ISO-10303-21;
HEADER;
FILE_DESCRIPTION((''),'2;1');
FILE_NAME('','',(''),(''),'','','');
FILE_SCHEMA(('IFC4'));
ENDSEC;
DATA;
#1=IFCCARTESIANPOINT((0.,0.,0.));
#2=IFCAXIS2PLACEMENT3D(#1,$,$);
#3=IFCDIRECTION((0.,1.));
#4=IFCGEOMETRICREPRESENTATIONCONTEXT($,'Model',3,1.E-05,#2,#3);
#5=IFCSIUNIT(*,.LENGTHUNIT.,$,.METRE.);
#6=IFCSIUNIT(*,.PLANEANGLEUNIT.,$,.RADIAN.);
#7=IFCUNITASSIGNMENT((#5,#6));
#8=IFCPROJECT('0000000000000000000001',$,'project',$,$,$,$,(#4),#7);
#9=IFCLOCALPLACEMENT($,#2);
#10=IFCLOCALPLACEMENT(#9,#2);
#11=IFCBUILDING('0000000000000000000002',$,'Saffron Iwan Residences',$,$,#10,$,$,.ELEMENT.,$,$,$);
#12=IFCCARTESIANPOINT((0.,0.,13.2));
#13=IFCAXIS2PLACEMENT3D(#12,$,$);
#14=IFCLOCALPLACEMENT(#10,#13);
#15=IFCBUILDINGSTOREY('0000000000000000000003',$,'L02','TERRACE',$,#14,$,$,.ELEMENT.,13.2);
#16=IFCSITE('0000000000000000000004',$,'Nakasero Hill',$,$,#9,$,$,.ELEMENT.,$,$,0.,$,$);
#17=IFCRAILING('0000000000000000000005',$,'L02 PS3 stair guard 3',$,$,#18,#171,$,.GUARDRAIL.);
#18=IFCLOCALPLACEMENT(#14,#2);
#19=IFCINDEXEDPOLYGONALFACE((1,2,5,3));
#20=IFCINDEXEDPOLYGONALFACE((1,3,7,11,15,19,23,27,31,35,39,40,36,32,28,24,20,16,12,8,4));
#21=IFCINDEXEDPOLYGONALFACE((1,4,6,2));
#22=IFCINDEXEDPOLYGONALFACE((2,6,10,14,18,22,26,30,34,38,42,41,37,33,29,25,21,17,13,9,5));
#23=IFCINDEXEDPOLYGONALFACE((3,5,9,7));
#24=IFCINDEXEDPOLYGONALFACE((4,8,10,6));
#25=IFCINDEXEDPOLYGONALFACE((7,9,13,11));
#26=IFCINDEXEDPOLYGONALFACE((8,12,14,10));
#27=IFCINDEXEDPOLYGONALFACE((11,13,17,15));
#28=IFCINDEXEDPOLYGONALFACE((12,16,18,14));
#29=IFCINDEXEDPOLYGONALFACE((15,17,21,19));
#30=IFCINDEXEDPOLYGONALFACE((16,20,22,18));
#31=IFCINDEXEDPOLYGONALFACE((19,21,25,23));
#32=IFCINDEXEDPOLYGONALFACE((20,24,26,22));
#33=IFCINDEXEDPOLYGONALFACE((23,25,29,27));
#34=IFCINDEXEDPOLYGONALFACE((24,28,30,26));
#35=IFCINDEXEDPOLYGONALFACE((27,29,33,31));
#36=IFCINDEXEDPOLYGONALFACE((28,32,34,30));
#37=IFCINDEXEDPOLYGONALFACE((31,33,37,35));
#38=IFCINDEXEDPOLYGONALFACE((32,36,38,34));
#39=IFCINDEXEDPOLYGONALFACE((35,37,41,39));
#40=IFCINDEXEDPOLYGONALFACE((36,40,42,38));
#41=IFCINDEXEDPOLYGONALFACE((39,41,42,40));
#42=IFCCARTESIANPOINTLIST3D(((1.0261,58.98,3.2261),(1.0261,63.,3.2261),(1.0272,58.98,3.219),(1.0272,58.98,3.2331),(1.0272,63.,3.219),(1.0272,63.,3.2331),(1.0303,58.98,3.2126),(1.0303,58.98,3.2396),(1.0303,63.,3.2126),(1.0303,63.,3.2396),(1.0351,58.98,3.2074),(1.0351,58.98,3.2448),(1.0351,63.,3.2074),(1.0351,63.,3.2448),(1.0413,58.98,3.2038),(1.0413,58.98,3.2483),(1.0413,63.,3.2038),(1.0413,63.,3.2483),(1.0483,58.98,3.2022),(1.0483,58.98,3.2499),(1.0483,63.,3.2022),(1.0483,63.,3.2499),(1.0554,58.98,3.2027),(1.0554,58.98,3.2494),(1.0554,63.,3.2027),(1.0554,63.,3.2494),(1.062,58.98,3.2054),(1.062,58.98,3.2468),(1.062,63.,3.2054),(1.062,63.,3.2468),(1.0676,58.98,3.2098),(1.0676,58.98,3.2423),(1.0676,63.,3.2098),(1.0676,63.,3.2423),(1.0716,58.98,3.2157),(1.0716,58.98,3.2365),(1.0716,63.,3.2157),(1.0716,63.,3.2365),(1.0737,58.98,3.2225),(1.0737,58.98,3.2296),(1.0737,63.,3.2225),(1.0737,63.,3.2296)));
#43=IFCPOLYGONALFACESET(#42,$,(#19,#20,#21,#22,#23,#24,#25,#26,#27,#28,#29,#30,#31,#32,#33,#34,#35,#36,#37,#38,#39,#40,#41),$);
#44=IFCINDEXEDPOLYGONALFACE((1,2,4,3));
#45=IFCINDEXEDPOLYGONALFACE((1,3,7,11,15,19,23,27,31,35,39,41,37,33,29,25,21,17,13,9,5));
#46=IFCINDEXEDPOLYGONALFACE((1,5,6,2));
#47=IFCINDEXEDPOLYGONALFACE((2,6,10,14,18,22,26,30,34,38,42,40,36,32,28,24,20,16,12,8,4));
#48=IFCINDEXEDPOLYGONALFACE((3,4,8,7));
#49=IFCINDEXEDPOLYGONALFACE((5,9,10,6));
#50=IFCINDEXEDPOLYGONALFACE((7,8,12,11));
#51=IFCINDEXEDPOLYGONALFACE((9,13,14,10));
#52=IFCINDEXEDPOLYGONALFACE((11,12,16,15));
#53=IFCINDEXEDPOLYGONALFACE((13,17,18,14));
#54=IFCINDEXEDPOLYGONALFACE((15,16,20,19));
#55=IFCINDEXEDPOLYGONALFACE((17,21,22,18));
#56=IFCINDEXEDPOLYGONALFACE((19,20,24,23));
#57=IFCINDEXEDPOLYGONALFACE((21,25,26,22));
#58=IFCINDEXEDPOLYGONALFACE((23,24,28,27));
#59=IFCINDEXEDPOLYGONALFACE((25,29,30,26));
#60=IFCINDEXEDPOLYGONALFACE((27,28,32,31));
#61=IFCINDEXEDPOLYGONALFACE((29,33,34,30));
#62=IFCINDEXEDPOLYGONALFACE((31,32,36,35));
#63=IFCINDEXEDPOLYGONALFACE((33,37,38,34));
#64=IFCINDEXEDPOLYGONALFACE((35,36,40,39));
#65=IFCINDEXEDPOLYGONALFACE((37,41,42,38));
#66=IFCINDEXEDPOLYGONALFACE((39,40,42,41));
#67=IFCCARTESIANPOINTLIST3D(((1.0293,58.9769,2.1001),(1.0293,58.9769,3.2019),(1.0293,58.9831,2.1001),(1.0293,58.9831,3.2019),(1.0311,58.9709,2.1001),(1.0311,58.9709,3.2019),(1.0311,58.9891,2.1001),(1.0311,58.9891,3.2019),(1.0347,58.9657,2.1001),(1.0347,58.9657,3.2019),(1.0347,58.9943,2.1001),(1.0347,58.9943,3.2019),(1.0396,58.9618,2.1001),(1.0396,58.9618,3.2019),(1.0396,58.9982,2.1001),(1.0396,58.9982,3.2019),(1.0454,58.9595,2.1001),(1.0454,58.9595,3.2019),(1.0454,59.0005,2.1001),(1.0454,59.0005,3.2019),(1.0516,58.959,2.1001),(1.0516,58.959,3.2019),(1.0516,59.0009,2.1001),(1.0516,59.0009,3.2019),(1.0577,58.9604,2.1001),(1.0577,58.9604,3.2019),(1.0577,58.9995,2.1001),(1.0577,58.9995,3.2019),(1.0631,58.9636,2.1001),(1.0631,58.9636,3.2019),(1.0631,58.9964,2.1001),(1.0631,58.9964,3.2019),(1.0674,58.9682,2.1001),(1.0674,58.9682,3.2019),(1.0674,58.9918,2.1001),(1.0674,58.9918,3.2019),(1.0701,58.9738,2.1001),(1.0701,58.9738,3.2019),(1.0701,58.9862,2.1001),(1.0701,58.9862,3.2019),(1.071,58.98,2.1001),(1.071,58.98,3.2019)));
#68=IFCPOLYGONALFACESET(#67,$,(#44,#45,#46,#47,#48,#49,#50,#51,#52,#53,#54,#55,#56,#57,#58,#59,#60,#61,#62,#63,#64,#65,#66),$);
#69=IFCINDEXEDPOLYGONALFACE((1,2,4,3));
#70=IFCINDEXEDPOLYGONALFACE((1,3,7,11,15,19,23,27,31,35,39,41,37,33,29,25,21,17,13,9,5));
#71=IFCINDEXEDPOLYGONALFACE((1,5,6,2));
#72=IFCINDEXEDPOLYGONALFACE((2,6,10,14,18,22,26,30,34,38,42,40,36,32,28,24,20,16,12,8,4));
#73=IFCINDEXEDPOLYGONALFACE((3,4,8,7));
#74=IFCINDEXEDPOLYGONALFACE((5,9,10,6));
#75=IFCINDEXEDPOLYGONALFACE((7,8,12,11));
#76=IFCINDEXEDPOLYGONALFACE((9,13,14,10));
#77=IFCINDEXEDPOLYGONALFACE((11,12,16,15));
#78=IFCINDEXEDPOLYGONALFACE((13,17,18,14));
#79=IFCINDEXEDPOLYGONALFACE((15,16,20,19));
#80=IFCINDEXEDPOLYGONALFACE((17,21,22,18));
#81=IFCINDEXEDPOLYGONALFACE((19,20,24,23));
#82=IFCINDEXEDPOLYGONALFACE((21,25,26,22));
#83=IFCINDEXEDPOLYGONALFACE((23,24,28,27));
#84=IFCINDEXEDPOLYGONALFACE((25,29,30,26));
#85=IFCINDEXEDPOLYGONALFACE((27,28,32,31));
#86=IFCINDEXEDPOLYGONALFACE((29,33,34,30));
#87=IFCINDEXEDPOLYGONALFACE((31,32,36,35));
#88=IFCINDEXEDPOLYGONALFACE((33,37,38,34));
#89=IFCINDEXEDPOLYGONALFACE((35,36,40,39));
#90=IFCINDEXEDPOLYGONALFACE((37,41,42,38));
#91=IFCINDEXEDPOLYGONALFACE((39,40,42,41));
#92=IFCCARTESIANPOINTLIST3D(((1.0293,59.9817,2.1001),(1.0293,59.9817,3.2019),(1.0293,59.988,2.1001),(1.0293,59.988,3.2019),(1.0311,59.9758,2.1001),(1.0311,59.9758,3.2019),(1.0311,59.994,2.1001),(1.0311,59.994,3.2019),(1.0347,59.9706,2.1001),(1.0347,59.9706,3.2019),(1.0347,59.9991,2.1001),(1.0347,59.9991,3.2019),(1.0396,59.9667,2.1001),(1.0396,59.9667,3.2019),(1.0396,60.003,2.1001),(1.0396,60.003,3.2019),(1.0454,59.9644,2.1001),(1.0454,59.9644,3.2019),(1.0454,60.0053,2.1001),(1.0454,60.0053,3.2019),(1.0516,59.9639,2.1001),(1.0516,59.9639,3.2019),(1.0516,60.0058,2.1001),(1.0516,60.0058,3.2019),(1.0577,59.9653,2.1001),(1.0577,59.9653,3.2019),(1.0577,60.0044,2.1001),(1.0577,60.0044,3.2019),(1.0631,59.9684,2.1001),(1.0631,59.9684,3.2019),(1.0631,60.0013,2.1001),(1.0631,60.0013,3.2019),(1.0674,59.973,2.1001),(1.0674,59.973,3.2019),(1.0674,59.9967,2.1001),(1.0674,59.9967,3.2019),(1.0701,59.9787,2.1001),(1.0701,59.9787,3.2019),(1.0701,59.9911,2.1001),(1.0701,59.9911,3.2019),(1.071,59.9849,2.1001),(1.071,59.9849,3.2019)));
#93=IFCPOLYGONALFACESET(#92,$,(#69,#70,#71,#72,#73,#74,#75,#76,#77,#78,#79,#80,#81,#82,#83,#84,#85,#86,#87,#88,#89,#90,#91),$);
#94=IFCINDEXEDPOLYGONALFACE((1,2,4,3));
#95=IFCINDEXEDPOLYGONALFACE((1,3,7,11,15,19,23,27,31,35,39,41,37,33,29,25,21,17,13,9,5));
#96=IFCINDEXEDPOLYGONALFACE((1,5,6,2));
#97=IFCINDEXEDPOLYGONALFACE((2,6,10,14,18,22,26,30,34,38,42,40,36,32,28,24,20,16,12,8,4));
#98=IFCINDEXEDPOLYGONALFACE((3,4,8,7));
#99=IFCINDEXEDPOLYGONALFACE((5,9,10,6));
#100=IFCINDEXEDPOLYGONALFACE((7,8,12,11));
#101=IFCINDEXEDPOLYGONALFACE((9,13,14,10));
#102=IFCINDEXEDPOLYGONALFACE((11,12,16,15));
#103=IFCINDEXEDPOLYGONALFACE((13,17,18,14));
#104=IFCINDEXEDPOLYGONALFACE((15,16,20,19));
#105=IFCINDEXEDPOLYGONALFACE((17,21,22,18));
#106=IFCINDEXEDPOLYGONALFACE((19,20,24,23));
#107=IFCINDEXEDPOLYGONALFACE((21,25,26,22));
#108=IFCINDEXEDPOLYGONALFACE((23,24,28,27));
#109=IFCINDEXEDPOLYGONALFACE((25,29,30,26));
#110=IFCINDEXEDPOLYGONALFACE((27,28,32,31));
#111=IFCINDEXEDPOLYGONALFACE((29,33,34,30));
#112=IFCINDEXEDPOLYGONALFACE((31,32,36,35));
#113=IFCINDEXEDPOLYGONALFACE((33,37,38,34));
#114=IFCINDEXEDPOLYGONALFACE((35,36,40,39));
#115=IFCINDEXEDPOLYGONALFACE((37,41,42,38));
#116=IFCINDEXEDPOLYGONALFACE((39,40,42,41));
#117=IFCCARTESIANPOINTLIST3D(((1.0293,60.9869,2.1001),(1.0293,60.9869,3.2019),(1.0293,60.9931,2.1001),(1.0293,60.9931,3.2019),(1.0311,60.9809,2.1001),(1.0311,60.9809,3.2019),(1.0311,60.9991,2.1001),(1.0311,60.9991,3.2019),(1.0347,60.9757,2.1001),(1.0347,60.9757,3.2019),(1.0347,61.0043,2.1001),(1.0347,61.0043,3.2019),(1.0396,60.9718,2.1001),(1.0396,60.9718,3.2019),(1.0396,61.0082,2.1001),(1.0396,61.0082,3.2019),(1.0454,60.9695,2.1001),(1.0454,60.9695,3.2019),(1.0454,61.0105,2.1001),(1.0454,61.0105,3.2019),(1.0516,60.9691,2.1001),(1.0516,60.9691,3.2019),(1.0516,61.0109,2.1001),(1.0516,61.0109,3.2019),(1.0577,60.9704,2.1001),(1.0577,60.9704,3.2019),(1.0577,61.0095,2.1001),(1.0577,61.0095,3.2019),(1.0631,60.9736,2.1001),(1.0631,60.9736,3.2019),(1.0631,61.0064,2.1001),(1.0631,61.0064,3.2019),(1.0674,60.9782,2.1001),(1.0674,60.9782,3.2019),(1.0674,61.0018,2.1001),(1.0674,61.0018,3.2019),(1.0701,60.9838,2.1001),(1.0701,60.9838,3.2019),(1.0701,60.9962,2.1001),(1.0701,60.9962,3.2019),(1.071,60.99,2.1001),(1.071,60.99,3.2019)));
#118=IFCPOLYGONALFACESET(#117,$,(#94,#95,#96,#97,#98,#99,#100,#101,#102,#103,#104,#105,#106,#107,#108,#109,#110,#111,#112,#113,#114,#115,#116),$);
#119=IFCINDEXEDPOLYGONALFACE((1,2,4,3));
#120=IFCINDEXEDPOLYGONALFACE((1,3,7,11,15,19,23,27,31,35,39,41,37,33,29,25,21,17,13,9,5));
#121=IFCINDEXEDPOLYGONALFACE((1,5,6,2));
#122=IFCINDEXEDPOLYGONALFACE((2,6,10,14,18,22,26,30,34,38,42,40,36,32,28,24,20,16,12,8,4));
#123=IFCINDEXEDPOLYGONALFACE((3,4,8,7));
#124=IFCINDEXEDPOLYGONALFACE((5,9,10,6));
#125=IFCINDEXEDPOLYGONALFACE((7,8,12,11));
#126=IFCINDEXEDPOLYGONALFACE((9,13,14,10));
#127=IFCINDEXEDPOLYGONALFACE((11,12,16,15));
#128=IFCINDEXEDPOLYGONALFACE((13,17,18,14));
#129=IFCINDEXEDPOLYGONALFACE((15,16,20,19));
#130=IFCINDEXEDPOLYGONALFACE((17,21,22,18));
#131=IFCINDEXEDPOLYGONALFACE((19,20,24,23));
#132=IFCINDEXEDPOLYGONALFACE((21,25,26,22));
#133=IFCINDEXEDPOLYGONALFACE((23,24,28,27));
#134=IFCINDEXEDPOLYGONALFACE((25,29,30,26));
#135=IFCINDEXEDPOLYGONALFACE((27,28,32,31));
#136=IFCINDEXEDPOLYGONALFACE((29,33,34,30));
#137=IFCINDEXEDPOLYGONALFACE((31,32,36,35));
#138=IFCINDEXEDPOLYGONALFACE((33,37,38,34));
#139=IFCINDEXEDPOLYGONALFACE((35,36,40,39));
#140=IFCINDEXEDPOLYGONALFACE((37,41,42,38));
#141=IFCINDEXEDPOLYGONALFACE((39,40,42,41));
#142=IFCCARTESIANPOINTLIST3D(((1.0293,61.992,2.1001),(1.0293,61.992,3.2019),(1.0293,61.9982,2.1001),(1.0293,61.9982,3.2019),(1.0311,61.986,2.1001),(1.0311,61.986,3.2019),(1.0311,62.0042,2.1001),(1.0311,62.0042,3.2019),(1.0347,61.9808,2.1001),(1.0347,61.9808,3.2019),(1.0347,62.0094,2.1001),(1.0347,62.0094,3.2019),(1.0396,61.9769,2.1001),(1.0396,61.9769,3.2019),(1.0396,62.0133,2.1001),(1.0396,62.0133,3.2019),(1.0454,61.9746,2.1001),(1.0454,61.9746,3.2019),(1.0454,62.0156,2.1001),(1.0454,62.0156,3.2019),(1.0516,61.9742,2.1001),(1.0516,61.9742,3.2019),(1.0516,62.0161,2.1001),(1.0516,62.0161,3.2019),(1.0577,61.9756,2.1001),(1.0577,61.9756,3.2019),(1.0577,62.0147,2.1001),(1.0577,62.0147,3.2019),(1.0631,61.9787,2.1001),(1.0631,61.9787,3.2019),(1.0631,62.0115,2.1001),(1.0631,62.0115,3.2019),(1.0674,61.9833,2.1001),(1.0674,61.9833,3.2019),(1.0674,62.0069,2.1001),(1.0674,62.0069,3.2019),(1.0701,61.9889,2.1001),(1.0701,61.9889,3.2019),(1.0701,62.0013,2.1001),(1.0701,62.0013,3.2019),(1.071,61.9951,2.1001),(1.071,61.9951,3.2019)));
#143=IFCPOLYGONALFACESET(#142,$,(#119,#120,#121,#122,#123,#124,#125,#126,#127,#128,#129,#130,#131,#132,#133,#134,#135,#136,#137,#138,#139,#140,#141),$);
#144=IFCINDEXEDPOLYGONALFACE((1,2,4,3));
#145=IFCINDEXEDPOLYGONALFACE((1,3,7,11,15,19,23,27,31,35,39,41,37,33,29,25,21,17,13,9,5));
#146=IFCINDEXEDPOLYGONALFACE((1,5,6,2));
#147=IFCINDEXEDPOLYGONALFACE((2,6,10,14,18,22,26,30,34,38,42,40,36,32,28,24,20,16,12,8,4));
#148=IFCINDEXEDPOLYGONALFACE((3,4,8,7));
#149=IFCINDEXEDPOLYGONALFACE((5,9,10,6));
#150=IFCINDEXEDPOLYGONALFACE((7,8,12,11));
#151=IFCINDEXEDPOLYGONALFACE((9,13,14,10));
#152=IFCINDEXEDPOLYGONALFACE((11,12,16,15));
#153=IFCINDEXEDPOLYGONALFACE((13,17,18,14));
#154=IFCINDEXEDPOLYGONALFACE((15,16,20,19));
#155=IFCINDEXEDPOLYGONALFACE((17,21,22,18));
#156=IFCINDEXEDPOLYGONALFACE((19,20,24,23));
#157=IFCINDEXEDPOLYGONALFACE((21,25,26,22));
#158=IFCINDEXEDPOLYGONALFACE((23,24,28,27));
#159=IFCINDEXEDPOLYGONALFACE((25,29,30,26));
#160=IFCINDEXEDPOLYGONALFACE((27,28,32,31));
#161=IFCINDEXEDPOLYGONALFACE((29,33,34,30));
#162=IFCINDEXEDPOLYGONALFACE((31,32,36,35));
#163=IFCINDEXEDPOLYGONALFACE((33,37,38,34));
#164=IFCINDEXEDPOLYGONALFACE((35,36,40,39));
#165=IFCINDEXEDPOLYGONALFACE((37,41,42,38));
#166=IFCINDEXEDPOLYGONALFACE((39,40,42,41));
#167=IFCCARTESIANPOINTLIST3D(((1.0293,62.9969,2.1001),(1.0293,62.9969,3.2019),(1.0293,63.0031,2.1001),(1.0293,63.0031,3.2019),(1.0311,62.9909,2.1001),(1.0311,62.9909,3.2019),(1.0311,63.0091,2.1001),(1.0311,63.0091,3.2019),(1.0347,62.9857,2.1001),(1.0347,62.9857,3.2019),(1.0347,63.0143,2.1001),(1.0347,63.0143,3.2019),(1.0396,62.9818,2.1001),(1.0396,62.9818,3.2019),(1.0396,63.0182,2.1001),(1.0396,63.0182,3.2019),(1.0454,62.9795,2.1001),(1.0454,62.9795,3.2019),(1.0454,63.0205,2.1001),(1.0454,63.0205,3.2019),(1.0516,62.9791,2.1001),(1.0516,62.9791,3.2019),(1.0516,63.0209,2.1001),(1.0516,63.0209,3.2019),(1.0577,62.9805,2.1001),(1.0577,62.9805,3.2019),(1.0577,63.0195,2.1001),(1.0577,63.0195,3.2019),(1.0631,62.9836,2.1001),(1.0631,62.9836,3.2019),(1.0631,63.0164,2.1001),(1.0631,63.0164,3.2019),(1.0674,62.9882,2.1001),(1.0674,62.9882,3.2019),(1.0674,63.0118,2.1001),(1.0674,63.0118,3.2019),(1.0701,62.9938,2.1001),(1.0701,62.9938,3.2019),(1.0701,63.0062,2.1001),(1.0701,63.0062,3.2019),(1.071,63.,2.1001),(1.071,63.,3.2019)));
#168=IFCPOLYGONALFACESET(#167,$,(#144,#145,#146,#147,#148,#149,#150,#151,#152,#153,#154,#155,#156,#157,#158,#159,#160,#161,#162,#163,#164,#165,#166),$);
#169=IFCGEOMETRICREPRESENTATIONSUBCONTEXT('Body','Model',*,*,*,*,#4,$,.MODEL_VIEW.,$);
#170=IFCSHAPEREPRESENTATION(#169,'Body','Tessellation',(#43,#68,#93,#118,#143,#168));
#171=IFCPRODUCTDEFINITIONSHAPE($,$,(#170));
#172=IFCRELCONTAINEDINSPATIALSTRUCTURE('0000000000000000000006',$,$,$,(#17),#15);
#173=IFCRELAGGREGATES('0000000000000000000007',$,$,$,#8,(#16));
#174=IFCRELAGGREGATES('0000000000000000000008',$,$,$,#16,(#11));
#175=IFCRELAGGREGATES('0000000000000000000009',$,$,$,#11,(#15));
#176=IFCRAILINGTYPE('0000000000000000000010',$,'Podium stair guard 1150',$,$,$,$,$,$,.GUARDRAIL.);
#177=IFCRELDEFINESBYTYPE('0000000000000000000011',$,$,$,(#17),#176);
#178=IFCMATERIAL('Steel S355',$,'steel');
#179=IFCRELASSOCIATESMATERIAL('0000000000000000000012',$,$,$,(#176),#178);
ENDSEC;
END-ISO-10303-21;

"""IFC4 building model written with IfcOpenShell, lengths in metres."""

from ifc_helpers import new_model, si_unit, direction, frame, origin, origin_2d, place, context, subcontext, project, spatial, circle, extrude, material, type_object, element, save


model = new_model("IFC4")

# Units and contexts
model_context = context("Model", 3, precision=1e-05, world=origin(), true_north=direction((0.0, 1.0)))
body_context = subcontext(model_context, "Body", "Model", "MODEL_VIEW")
ifc_project = project(units=[si_unit("LENGTHUNIT", "METRE"), si_unit("PLANEANGLEUNIT", "RADIAN")], contexts=[model_context])

# Site, building, storey
site_placement = place(None, origin())
site = spatial("IfcSite", under=ifc_project, at=site_placement, Name="Nakasero Hill", CompositionType="ELEMENT", RefElevation=0.0)
building_placement = place(site_placement, origin())
building = spatial("IfcBuilding", under=site, at=building_placement, Name="Saffron Iwan Residences", CompositionType="ELEMENT")
storey_placement = place(building_placement, frame((0.0, 0.0, 13.2)))
storey = spatial("IfcBuildingStorey", under=building, at=storey_placement, Name="L02", Description="TERRACE", CompositionType="ELEMENT", Elevation=13.2)

# Railing
ifc_material_1 = material(Name="Steel S355", Category="steel")
railing_type_1 = type_object("IfcRailingType", Name="Podium stair guard 1150", PredefinedType="GUARDRAIL", material=ifc_material_1)
railing_1_placement = place(storey_placement, frame((1.05, 58.98, 2.1001)))
element("IfcRailing", 1, at=railing_1_placement, inside=storey, type_object=railing_type_1, Name="L02 PS3 stair guard 3", PredefinedType="GUARDRAIL", context=body_context, shape_type="SweptSolid", body=[
    extrude(circle(Radius=0.0239, at=origin_2d()), frame((0.0, 0.0, 1.126), z_axis=(0.0, 1.0, 0.0), x_axis=(-1.0, 0.0, 0.0)), (0.0, 0.0, 1.0), 4.02),
    extrude(circle(Radius=0.021, at=origin_2d()), origin(), (0.0, 0.0, 1.0), 1.1018),
    extrude(circle(Radius=0.021, at=origin_2d()), frame((0.0, 1.0049, 0.0)), (0.0, 0.0, 1.0), 1.1018),
    extrude(circle(Radius=0.021, at=origin_2d()), frame((0.0, 2.01, 0.0)), (0.0, 0.0, 1.0), 1.1018),
    extrude(circle(Radius=0.021, at=origin_2d()), frame((0.0, 3.0151, 0.0)), (0.0, 0.0, 1.0), 1.1018),
    extrude(circle(Radius=0.021, at=origin_2d()), frame((0.0, 4.02, 0.0)), (0.0, 0.0, 1.0), 1.1018),
])

save(model, "model.ifc")
